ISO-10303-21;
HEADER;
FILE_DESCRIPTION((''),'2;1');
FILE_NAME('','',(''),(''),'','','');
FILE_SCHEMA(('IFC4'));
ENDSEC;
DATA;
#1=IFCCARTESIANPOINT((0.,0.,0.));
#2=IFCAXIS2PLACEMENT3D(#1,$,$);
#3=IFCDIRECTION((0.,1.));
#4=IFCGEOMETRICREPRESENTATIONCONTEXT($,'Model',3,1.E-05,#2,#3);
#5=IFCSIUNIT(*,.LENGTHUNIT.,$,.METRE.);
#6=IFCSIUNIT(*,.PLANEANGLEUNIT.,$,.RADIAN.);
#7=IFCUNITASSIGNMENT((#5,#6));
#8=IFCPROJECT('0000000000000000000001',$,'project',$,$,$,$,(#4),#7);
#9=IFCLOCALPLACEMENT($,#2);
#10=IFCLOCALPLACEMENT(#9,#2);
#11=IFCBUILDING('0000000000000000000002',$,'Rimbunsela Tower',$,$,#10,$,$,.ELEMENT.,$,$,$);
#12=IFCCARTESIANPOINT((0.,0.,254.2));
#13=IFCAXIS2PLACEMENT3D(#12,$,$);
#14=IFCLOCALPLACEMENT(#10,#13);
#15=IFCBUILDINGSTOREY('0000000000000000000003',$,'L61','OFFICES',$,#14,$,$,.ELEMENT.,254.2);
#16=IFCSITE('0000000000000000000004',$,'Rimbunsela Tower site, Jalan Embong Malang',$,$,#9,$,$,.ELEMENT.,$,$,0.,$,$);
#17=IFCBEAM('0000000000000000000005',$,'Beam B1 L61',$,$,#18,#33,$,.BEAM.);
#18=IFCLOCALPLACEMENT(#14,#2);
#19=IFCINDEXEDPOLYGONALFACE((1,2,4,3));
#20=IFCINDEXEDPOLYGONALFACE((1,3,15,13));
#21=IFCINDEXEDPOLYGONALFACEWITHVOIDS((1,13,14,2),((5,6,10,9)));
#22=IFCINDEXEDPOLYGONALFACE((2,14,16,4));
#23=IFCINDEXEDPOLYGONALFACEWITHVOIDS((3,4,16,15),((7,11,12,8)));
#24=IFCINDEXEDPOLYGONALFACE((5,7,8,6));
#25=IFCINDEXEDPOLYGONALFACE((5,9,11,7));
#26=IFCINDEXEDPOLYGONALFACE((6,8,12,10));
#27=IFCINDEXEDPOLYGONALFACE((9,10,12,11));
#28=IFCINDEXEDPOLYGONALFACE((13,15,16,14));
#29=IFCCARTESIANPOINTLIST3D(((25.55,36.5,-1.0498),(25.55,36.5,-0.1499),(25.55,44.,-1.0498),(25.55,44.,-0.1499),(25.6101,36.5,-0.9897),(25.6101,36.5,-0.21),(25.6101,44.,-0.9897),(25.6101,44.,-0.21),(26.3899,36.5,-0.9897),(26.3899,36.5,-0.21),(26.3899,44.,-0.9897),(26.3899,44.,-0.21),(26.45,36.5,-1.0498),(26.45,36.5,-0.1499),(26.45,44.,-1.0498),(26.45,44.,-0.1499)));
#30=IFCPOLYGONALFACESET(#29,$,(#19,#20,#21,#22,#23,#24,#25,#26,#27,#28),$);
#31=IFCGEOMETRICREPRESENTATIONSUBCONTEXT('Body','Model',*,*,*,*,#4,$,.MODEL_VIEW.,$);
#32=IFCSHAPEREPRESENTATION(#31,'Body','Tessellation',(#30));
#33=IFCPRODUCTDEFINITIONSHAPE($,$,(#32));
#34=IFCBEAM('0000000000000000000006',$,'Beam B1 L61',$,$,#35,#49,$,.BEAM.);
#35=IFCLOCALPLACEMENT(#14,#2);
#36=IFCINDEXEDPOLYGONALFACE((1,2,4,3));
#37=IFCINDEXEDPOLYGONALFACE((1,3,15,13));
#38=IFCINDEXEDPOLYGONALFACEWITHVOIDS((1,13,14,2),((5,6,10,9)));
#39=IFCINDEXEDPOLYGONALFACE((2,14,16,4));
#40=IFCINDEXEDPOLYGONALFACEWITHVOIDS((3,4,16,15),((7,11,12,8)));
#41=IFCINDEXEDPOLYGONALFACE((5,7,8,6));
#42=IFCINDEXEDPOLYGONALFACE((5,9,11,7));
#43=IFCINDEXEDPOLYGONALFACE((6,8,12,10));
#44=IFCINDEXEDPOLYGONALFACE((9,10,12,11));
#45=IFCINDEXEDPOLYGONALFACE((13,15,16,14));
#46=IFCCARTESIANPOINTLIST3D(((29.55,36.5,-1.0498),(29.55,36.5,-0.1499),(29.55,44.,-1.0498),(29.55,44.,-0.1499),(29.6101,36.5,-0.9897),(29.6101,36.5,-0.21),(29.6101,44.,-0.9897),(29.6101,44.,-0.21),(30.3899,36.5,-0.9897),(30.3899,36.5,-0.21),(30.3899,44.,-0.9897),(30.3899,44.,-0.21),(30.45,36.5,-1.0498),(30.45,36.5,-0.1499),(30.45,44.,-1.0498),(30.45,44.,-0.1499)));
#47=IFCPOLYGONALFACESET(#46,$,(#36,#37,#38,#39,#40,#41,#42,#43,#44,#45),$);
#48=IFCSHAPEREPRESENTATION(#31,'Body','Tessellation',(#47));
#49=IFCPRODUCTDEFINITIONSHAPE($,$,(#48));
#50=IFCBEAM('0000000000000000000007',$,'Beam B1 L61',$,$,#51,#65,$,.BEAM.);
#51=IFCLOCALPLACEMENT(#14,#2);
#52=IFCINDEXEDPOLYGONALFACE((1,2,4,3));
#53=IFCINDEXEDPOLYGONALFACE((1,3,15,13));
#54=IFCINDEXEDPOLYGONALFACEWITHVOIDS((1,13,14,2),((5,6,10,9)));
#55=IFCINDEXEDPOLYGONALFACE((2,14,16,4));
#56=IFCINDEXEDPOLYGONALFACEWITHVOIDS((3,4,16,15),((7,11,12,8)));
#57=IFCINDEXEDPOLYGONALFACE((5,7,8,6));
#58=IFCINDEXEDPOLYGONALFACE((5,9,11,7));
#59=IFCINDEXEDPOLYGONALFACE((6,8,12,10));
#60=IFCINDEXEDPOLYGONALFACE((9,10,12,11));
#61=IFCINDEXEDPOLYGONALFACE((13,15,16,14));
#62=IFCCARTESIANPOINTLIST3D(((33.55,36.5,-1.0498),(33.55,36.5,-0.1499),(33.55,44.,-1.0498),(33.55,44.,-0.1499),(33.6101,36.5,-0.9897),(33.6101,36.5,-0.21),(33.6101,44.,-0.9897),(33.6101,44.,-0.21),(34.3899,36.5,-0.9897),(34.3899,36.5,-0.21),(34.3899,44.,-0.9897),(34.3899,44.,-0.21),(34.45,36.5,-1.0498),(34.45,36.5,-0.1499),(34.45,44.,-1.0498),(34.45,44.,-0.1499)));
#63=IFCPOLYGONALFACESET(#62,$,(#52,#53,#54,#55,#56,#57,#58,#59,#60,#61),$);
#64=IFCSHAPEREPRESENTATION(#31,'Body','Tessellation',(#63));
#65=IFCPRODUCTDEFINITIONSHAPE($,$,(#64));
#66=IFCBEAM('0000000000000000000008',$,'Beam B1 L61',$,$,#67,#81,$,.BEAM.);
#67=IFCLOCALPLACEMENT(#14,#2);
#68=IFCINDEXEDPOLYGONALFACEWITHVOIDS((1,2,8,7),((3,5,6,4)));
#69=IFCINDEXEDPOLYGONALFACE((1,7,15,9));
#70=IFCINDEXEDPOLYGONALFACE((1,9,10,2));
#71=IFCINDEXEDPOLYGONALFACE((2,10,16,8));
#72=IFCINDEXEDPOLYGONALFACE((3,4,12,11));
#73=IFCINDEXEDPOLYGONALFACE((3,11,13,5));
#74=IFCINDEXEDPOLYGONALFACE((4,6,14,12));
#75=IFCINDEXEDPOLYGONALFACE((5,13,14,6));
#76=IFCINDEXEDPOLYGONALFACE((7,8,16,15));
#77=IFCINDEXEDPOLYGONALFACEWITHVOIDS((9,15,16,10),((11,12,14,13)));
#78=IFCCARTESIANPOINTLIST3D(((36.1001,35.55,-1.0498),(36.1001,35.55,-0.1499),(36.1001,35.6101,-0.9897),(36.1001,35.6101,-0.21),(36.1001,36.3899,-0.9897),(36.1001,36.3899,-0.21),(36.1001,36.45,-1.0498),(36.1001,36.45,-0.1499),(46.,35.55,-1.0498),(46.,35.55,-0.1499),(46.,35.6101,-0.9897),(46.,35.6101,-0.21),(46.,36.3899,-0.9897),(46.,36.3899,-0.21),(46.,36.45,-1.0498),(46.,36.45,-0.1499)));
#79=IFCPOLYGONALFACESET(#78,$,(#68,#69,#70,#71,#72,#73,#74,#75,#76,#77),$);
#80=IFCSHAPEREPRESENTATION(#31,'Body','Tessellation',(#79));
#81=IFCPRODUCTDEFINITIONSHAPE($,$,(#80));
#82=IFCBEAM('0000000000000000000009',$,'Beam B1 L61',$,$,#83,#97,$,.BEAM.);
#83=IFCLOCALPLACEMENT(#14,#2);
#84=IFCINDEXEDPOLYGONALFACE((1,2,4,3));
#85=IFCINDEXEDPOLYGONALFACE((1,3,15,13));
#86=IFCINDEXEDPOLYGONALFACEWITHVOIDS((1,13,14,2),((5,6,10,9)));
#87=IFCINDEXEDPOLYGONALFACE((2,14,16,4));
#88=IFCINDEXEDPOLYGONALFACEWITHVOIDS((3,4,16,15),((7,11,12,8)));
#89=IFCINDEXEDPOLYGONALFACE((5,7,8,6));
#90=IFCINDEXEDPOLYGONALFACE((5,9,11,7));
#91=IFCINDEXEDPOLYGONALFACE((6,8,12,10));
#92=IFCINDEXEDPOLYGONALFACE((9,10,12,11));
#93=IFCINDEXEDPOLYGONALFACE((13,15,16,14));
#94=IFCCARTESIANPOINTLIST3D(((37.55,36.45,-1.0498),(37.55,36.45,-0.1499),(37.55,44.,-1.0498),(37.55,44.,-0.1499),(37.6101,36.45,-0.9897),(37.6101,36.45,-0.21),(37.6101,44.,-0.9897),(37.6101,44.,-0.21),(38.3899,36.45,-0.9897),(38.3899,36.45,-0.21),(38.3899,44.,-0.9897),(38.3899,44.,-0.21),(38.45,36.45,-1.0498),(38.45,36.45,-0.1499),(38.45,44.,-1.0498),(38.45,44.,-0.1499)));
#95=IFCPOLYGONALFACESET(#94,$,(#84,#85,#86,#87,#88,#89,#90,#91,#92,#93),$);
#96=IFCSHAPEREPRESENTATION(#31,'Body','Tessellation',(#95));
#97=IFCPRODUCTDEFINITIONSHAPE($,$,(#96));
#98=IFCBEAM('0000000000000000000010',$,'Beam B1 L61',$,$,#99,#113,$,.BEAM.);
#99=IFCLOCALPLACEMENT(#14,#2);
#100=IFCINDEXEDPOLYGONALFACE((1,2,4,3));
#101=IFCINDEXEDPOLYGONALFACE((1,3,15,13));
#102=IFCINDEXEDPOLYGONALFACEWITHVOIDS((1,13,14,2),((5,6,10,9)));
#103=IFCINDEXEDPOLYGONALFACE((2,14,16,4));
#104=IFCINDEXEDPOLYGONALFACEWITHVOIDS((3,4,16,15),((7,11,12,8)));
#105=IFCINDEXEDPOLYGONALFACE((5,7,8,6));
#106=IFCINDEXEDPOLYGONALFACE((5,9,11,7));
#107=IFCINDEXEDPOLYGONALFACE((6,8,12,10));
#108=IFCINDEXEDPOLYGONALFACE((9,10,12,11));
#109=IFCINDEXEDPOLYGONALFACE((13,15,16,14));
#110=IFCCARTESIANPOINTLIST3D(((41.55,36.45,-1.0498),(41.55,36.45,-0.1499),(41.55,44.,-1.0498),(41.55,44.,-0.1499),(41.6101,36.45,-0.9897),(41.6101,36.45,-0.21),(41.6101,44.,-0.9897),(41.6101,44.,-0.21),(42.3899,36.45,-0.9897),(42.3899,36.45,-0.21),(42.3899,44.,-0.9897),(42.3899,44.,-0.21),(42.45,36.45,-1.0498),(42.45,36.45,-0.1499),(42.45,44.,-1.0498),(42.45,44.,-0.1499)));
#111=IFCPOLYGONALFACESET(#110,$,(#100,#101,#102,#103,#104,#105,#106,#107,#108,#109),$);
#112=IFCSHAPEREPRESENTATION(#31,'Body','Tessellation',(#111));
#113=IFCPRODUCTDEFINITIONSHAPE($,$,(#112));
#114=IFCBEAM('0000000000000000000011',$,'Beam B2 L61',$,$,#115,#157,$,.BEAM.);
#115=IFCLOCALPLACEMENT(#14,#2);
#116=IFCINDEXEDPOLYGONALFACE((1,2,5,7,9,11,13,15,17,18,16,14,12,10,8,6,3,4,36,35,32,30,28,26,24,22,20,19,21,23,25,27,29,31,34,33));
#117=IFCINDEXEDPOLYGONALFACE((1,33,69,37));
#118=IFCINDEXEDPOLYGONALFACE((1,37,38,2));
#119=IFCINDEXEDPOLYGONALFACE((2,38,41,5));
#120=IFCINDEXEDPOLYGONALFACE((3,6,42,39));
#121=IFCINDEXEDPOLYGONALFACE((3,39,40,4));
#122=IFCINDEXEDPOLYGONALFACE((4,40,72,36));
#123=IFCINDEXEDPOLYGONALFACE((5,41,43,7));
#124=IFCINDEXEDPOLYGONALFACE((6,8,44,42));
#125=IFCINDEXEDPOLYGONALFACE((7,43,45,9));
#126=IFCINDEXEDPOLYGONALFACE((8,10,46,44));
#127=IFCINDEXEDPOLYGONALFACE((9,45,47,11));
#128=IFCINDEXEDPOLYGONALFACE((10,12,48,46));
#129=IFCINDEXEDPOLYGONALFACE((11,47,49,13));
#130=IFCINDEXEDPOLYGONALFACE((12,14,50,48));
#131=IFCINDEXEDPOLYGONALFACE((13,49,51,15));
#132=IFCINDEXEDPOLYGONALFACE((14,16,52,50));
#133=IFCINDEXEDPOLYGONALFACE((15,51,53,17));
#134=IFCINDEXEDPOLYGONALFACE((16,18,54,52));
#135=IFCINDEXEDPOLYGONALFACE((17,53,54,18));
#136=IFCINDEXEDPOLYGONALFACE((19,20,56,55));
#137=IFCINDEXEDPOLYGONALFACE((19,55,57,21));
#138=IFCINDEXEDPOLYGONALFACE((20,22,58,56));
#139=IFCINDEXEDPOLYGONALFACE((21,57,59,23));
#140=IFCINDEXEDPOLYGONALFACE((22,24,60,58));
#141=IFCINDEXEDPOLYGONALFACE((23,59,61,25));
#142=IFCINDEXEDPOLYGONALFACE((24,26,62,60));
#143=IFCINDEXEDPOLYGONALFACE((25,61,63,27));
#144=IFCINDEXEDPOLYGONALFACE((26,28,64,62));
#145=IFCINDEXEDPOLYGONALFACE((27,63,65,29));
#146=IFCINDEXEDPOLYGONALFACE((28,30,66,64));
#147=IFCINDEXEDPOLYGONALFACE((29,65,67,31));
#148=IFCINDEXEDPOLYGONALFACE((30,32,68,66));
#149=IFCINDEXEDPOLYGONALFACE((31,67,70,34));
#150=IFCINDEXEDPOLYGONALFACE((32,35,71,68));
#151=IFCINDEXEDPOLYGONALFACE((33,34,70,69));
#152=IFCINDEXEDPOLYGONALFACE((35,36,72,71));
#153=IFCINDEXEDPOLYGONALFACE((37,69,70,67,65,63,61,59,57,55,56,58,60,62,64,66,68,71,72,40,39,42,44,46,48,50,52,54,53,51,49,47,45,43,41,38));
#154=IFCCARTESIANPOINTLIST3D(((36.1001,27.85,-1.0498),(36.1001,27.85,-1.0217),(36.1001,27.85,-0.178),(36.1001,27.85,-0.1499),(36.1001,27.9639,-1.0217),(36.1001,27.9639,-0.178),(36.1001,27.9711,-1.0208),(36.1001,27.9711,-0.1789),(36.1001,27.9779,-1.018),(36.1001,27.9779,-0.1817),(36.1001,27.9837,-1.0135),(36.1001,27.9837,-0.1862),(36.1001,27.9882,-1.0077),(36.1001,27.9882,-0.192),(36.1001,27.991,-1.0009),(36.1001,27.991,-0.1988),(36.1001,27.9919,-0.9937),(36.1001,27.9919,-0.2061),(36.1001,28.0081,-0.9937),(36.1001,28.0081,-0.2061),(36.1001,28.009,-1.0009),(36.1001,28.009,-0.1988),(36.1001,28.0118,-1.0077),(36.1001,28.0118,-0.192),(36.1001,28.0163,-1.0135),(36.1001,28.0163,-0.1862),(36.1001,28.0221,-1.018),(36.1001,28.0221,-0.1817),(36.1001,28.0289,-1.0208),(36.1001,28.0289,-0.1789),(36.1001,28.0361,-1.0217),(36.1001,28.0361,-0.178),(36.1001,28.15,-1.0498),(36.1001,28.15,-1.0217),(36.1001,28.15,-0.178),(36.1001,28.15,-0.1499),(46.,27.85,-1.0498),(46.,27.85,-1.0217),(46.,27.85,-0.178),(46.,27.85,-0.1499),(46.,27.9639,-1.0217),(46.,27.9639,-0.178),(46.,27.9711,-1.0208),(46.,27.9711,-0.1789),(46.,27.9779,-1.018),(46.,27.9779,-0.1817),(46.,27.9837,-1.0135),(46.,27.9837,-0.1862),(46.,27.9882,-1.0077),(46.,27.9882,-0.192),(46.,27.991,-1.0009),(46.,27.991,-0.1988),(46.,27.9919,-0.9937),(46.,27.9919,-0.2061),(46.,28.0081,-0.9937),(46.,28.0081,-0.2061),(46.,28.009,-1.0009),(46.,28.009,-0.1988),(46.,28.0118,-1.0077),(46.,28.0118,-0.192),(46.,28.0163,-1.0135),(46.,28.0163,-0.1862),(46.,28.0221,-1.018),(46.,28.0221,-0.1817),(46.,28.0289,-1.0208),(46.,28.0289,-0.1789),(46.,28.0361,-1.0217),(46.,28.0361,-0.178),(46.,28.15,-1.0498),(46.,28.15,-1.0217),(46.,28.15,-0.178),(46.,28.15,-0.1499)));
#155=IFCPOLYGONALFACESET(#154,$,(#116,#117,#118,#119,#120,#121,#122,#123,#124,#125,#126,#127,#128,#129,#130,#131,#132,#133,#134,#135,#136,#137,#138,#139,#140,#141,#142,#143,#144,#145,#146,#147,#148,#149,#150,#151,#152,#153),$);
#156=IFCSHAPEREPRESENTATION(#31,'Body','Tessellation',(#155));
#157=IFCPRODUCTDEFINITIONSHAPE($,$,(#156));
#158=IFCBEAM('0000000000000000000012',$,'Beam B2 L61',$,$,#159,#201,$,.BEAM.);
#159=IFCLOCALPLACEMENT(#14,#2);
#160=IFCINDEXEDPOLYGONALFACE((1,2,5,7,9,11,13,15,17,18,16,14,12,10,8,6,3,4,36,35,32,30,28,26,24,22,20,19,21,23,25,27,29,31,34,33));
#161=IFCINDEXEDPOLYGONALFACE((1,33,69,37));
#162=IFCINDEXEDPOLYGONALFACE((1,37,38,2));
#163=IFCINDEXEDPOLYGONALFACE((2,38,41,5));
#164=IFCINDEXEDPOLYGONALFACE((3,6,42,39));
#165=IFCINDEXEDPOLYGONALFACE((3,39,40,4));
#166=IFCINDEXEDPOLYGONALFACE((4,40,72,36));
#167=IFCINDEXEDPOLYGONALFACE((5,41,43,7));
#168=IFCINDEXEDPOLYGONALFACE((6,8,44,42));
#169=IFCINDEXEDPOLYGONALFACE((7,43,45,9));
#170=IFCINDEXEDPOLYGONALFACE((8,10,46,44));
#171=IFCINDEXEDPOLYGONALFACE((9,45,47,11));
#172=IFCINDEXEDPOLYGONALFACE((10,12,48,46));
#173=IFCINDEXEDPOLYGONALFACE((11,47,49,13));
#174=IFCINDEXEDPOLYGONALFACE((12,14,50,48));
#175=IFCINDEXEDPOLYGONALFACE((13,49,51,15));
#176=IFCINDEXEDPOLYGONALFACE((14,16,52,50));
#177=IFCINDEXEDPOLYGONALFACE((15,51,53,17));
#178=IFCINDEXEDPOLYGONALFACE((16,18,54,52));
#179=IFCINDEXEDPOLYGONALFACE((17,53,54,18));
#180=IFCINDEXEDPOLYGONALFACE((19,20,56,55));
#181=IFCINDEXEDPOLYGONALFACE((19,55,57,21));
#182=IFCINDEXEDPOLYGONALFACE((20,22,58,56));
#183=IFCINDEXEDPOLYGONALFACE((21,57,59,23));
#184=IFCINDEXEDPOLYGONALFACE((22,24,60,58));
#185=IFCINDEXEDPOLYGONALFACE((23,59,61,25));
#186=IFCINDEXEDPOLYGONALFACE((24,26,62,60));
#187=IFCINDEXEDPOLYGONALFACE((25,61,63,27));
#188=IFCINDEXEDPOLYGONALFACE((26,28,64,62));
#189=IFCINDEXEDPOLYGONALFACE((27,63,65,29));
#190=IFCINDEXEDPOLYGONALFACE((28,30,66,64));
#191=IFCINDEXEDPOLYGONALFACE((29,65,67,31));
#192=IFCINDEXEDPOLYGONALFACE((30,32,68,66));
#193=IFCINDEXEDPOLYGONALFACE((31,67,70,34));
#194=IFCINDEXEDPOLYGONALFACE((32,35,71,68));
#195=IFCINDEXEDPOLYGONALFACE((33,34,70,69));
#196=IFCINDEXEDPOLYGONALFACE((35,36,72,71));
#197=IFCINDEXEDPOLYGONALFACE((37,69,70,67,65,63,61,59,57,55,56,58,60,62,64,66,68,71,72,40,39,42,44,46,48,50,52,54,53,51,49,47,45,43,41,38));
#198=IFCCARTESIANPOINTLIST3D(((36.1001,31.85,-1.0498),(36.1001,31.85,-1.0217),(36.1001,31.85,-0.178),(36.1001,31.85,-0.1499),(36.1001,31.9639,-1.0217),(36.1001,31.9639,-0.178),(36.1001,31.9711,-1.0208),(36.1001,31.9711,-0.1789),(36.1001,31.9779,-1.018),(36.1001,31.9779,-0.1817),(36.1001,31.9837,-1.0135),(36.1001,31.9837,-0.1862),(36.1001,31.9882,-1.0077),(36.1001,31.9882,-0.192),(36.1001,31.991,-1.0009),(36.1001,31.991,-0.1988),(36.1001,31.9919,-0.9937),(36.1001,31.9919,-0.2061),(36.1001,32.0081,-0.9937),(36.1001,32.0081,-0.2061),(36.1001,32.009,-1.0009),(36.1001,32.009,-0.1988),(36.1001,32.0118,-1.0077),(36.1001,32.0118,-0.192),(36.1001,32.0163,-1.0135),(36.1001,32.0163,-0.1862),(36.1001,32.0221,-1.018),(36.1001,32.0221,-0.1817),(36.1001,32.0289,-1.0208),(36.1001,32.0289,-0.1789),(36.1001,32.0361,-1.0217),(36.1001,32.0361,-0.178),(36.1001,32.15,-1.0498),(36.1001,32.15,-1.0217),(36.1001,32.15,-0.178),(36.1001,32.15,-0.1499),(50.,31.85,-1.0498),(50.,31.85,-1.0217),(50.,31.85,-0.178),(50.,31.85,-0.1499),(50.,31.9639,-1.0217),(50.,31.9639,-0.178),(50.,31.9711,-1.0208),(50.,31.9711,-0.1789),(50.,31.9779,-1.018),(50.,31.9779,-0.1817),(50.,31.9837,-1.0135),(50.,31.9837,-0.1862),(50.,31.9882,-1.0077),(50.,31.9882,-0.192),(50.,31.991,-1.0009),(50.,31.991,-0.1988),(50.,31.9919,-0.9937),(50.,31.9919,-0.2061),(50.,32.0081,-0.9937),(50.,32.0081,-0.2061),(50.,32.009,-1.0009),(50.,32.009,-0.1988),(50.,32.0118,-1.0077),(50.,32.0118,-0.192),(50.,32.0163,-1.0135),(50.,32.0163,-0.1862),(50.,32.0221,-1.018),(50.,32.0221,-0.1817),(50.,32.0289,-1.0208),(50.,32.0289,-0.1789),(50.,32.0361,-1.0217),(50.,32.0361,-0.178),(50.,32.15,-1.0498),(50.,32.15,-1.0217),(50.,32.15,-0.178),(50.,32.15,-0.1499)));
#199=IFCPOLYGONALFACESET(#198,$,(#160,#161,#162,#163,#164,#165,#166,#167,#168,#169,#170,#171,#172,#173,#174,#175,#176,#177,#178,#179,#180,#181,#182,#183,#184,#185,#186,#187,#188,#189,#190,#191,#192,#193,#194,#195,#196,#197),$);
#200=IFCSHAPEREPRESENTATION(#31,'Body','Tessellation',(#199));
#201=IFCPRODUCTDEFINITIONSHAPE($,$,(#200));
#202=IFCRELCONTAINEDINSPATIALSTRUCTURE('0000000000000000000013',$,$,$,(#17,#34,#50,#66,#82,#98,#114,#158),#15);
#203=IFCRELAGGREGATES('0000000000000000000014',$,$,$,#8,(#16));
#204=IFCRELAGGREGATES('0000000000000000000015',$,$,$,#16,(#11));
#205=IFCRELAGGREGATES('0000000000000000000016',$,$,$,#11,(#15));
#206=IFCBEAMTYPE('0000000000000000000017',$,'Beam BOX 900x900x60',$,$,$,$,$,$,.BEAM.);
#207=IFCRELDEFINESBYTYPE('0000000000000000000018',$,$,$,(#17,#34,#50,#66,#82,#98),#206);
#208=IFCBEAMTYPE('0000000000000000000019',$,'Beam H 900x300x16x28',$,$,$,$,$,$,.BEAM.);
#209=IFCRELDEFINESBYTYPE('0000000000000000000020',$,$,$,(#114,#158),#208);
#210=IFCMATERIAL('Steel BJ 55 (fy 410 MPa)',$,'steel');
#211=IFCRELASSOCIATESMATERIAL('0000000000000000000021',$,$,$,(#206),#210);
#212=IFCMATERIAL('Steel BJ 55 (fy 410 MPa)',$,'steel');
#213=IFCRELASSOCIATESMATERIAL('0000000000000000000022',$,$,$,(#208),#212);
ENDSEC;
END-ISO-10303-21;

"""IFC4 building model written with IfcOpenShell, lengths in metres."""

from ifc_helpers import new_model, si_unit, direction, frame, origin, origin_2d, place, context, subcontext, project, spatial, hollow_rectangle, i_section, extrude, material, material_profile, profile_set, type_object, element, save


model = new_model("IFC4")

# Units and contexts
model_context = context("Model", 3, precision=1e-05, world=origin(), true_north=direction((0.0, 1.0)))
body_context = subcontext(model_context, "Body", "Model", "MODEL_VIEW")
ifc_project = project(units=[si_unit("LENGTHUNIT", "METRE"), si_unit("PLANEANGLEUNIT", "RADIAN")], contexts=[model_context])

# Site, building, storey
site_placement = place(None, origin())
site = spatial("IfcSite", under=ifc_project, at=site_placement, Name="Rimbunsela Tower site, Jalan Embong Malang", CompositionType="ELEMENT", RefElevation=0.0)
building_placement = place(site_placement, origin())
building = spatial("IfcBuilding", under=site, at=building_placement, Name="Rimbunsela Tower", CompositionType="ELEMENT")
storey_placement = place(building_placement, frame((0.0, 0.0, 254.2)))
storey = spatial("IfcBuildingStorey", under=building, at=storey_placement, Name="L61", Description="OFFICES", CompositionType="ELEMENT", Elevation=254.2)

# Beams
ifc_material_1 = material(Name="Steel BJ 55 (fy 410 MPa)", Category="steel")
ifc_material_profile_1 = material_profile(ifc_material_1, hollow_rectangle(XDim=0.8999, YDim=0.8999, WallThickness=0.0601, at=origin_2d()), Name="BOX 900x900x60")
ifc_profile_set_1 = profile_set([ifc_material_profile_1], Name="Steel BJ 55 (fy 410 MPa)")
beam_type_1 = type_object("IfcBeamType", Name="Beam BOX 900x900x60", PredefinedType="BEAM", material=ifc_profile_set_1)
for number, where, z_axis, x_axis, name in (
    (1, (26.0, 36.5, -0.5999), (0.0, 1.0, 0.0), (-1.0, 0.0, 0.0), "Beam B1 L61"),
    (2, (30.0, 36.5, -0.5999), (0.0, 1.0, 0.0), (-1.0, 0.0, 0.0), "Beam B1 L61"),
    (3, (34.0, 36.5, -0.5999), (0.0, 1.0, 0.0), (-1.0, 0.0, 0.0), "Beam B1 L61"),
):
    element("IfcBeam", number, at=place(storey_placement, frame(where, z_axis=z_axis, x_axis=x_axis)), inside=storey, type_object=beam_type_1, Name=name, PredefinedType="BEAM", context=body_context, shape_type="SweptSolid", body=[
        extrude(hollow_rectangle(XDim=0.8999, YDim=0.8999, WallThickness=0.0601, at=origin_2d()), origin(), (0.0, 0.0, 1.0), 7.5),
    ])
beam_1_placement = place(storey_placement, frame((36.1001, 36.0, -0.5999), z_axis=(1.0, 0.0, 0.0), x_axis=(0.0, 1.0, 0.0)))
element("IfcBeam", 4, at=beam_1_placement, inside=storey, type_object=beam_type_1, Name="Beam B1 L61", PredefinedType="BEAM", context=body_context, shape_type="SweptSolid", body=[
    extrude(hollow_rectangle(XDim=0.8999, YDim=0.8999, WallThickness=0.0601, at=origin_2d()), origin(), (0.0, 0.0, 1.0), 9.8999),
])
for number, where, z_axis, x_axis, name in (
    (5, (38.0, 36.45, -0.5999), (0.0, 1.0, 0.0), (-1.0, 0.0, 0.0), "Beam B1 L61"),
    (6, (42.0, 36.45, -0.5999), (0.0, 1.0, 0.0), (-1.0, 0.0, 0.0), "Beam B1 L61"),
):
    element("IfcBeam", number, at=place(storey_placement, frame(where, z_axis=z_axis, x_axis=x_axis)), inside=storey, type_object=beam_type_1, Name=name, PredefinedType="BEAM", context=body_context, shape_type="SweptSolid", body=[
        extrude(hollow_rectangle(XDim=0.8999, YDim=0.8999, WallThickness=0.0601, at=origin_2d()), origin(), (0.0, 0.0, 1.0), 7.55),
    ])
ifc_material_2 = material(Name="Steel BJ 55 (fy 410 MPa)", Category="steel")
ifc_material_profile_2 = material_profile(ifc_material_2, i_section(OverallWidth=0.3, OverallDepth=0.8999, WebThickness=0.0161, FlangeThickness=0.0281, FilletRadius=0.0281, at=origin_2d()), Name="H 900x300x16x28")
ifc_profile_set_2 = profile_set([ifc_material_profile_2], Name="Steel BJ 55 (fy 410 MPa)")
beam_type_2 = type_object("IfcBeamType", Name="Beam H 900x300x16x28", PredefinedType="BEAM", material=ifc_profile_set_2)
beam_2_placement = place(storey_placement, frame((36.1001, 28.0, -0.5999), z_axis=(1.0, 0.0, 0.0), x_axis=(0.0, 1.0, 0.0)))
element("IfcBeam", 7, at=beam_2_placement, inside=storey, type_object=beam_type_2, Name="Beam B2 L61", PredefinedType="BEAM", context=body_context, shape_type="SweptSolid", body=[
    extrude(i_section(OverallWidth=0.3, OverallDepth=0.8999, WebThickness=0.0161, FlangeThickness=0.0281, FilletRadius=0.0281, at=origin_2d()), origin(), (0.0, 0.0, 1.0), 9.8999),
])
beam_3_placement = place(storey_placement, frame((36.1001, 32.0, -0.5999), z_axis=(1.0, 0.0, 0.0), x_axis=(0.0, 1.0, 0.0)))
element("IfcBeam", 8, at=beam_3_placement, inside=storey, type_object=beam_type_2, Name="Beam B2 L61", PredefinedType="BEAM", context=body_context, shape_type="SweptSolid", body=[
    extrude(i_section(OverallWidth=0.3, OverallDepth=0.8999, WebThickness=0.0161, FlangeThickness=0.0281, FilletRadius=0.0281, at=origin_2d()), origin(), (0.0, 0.0, 1.0), 13.8999),
])

save(model, "model.ifc")
